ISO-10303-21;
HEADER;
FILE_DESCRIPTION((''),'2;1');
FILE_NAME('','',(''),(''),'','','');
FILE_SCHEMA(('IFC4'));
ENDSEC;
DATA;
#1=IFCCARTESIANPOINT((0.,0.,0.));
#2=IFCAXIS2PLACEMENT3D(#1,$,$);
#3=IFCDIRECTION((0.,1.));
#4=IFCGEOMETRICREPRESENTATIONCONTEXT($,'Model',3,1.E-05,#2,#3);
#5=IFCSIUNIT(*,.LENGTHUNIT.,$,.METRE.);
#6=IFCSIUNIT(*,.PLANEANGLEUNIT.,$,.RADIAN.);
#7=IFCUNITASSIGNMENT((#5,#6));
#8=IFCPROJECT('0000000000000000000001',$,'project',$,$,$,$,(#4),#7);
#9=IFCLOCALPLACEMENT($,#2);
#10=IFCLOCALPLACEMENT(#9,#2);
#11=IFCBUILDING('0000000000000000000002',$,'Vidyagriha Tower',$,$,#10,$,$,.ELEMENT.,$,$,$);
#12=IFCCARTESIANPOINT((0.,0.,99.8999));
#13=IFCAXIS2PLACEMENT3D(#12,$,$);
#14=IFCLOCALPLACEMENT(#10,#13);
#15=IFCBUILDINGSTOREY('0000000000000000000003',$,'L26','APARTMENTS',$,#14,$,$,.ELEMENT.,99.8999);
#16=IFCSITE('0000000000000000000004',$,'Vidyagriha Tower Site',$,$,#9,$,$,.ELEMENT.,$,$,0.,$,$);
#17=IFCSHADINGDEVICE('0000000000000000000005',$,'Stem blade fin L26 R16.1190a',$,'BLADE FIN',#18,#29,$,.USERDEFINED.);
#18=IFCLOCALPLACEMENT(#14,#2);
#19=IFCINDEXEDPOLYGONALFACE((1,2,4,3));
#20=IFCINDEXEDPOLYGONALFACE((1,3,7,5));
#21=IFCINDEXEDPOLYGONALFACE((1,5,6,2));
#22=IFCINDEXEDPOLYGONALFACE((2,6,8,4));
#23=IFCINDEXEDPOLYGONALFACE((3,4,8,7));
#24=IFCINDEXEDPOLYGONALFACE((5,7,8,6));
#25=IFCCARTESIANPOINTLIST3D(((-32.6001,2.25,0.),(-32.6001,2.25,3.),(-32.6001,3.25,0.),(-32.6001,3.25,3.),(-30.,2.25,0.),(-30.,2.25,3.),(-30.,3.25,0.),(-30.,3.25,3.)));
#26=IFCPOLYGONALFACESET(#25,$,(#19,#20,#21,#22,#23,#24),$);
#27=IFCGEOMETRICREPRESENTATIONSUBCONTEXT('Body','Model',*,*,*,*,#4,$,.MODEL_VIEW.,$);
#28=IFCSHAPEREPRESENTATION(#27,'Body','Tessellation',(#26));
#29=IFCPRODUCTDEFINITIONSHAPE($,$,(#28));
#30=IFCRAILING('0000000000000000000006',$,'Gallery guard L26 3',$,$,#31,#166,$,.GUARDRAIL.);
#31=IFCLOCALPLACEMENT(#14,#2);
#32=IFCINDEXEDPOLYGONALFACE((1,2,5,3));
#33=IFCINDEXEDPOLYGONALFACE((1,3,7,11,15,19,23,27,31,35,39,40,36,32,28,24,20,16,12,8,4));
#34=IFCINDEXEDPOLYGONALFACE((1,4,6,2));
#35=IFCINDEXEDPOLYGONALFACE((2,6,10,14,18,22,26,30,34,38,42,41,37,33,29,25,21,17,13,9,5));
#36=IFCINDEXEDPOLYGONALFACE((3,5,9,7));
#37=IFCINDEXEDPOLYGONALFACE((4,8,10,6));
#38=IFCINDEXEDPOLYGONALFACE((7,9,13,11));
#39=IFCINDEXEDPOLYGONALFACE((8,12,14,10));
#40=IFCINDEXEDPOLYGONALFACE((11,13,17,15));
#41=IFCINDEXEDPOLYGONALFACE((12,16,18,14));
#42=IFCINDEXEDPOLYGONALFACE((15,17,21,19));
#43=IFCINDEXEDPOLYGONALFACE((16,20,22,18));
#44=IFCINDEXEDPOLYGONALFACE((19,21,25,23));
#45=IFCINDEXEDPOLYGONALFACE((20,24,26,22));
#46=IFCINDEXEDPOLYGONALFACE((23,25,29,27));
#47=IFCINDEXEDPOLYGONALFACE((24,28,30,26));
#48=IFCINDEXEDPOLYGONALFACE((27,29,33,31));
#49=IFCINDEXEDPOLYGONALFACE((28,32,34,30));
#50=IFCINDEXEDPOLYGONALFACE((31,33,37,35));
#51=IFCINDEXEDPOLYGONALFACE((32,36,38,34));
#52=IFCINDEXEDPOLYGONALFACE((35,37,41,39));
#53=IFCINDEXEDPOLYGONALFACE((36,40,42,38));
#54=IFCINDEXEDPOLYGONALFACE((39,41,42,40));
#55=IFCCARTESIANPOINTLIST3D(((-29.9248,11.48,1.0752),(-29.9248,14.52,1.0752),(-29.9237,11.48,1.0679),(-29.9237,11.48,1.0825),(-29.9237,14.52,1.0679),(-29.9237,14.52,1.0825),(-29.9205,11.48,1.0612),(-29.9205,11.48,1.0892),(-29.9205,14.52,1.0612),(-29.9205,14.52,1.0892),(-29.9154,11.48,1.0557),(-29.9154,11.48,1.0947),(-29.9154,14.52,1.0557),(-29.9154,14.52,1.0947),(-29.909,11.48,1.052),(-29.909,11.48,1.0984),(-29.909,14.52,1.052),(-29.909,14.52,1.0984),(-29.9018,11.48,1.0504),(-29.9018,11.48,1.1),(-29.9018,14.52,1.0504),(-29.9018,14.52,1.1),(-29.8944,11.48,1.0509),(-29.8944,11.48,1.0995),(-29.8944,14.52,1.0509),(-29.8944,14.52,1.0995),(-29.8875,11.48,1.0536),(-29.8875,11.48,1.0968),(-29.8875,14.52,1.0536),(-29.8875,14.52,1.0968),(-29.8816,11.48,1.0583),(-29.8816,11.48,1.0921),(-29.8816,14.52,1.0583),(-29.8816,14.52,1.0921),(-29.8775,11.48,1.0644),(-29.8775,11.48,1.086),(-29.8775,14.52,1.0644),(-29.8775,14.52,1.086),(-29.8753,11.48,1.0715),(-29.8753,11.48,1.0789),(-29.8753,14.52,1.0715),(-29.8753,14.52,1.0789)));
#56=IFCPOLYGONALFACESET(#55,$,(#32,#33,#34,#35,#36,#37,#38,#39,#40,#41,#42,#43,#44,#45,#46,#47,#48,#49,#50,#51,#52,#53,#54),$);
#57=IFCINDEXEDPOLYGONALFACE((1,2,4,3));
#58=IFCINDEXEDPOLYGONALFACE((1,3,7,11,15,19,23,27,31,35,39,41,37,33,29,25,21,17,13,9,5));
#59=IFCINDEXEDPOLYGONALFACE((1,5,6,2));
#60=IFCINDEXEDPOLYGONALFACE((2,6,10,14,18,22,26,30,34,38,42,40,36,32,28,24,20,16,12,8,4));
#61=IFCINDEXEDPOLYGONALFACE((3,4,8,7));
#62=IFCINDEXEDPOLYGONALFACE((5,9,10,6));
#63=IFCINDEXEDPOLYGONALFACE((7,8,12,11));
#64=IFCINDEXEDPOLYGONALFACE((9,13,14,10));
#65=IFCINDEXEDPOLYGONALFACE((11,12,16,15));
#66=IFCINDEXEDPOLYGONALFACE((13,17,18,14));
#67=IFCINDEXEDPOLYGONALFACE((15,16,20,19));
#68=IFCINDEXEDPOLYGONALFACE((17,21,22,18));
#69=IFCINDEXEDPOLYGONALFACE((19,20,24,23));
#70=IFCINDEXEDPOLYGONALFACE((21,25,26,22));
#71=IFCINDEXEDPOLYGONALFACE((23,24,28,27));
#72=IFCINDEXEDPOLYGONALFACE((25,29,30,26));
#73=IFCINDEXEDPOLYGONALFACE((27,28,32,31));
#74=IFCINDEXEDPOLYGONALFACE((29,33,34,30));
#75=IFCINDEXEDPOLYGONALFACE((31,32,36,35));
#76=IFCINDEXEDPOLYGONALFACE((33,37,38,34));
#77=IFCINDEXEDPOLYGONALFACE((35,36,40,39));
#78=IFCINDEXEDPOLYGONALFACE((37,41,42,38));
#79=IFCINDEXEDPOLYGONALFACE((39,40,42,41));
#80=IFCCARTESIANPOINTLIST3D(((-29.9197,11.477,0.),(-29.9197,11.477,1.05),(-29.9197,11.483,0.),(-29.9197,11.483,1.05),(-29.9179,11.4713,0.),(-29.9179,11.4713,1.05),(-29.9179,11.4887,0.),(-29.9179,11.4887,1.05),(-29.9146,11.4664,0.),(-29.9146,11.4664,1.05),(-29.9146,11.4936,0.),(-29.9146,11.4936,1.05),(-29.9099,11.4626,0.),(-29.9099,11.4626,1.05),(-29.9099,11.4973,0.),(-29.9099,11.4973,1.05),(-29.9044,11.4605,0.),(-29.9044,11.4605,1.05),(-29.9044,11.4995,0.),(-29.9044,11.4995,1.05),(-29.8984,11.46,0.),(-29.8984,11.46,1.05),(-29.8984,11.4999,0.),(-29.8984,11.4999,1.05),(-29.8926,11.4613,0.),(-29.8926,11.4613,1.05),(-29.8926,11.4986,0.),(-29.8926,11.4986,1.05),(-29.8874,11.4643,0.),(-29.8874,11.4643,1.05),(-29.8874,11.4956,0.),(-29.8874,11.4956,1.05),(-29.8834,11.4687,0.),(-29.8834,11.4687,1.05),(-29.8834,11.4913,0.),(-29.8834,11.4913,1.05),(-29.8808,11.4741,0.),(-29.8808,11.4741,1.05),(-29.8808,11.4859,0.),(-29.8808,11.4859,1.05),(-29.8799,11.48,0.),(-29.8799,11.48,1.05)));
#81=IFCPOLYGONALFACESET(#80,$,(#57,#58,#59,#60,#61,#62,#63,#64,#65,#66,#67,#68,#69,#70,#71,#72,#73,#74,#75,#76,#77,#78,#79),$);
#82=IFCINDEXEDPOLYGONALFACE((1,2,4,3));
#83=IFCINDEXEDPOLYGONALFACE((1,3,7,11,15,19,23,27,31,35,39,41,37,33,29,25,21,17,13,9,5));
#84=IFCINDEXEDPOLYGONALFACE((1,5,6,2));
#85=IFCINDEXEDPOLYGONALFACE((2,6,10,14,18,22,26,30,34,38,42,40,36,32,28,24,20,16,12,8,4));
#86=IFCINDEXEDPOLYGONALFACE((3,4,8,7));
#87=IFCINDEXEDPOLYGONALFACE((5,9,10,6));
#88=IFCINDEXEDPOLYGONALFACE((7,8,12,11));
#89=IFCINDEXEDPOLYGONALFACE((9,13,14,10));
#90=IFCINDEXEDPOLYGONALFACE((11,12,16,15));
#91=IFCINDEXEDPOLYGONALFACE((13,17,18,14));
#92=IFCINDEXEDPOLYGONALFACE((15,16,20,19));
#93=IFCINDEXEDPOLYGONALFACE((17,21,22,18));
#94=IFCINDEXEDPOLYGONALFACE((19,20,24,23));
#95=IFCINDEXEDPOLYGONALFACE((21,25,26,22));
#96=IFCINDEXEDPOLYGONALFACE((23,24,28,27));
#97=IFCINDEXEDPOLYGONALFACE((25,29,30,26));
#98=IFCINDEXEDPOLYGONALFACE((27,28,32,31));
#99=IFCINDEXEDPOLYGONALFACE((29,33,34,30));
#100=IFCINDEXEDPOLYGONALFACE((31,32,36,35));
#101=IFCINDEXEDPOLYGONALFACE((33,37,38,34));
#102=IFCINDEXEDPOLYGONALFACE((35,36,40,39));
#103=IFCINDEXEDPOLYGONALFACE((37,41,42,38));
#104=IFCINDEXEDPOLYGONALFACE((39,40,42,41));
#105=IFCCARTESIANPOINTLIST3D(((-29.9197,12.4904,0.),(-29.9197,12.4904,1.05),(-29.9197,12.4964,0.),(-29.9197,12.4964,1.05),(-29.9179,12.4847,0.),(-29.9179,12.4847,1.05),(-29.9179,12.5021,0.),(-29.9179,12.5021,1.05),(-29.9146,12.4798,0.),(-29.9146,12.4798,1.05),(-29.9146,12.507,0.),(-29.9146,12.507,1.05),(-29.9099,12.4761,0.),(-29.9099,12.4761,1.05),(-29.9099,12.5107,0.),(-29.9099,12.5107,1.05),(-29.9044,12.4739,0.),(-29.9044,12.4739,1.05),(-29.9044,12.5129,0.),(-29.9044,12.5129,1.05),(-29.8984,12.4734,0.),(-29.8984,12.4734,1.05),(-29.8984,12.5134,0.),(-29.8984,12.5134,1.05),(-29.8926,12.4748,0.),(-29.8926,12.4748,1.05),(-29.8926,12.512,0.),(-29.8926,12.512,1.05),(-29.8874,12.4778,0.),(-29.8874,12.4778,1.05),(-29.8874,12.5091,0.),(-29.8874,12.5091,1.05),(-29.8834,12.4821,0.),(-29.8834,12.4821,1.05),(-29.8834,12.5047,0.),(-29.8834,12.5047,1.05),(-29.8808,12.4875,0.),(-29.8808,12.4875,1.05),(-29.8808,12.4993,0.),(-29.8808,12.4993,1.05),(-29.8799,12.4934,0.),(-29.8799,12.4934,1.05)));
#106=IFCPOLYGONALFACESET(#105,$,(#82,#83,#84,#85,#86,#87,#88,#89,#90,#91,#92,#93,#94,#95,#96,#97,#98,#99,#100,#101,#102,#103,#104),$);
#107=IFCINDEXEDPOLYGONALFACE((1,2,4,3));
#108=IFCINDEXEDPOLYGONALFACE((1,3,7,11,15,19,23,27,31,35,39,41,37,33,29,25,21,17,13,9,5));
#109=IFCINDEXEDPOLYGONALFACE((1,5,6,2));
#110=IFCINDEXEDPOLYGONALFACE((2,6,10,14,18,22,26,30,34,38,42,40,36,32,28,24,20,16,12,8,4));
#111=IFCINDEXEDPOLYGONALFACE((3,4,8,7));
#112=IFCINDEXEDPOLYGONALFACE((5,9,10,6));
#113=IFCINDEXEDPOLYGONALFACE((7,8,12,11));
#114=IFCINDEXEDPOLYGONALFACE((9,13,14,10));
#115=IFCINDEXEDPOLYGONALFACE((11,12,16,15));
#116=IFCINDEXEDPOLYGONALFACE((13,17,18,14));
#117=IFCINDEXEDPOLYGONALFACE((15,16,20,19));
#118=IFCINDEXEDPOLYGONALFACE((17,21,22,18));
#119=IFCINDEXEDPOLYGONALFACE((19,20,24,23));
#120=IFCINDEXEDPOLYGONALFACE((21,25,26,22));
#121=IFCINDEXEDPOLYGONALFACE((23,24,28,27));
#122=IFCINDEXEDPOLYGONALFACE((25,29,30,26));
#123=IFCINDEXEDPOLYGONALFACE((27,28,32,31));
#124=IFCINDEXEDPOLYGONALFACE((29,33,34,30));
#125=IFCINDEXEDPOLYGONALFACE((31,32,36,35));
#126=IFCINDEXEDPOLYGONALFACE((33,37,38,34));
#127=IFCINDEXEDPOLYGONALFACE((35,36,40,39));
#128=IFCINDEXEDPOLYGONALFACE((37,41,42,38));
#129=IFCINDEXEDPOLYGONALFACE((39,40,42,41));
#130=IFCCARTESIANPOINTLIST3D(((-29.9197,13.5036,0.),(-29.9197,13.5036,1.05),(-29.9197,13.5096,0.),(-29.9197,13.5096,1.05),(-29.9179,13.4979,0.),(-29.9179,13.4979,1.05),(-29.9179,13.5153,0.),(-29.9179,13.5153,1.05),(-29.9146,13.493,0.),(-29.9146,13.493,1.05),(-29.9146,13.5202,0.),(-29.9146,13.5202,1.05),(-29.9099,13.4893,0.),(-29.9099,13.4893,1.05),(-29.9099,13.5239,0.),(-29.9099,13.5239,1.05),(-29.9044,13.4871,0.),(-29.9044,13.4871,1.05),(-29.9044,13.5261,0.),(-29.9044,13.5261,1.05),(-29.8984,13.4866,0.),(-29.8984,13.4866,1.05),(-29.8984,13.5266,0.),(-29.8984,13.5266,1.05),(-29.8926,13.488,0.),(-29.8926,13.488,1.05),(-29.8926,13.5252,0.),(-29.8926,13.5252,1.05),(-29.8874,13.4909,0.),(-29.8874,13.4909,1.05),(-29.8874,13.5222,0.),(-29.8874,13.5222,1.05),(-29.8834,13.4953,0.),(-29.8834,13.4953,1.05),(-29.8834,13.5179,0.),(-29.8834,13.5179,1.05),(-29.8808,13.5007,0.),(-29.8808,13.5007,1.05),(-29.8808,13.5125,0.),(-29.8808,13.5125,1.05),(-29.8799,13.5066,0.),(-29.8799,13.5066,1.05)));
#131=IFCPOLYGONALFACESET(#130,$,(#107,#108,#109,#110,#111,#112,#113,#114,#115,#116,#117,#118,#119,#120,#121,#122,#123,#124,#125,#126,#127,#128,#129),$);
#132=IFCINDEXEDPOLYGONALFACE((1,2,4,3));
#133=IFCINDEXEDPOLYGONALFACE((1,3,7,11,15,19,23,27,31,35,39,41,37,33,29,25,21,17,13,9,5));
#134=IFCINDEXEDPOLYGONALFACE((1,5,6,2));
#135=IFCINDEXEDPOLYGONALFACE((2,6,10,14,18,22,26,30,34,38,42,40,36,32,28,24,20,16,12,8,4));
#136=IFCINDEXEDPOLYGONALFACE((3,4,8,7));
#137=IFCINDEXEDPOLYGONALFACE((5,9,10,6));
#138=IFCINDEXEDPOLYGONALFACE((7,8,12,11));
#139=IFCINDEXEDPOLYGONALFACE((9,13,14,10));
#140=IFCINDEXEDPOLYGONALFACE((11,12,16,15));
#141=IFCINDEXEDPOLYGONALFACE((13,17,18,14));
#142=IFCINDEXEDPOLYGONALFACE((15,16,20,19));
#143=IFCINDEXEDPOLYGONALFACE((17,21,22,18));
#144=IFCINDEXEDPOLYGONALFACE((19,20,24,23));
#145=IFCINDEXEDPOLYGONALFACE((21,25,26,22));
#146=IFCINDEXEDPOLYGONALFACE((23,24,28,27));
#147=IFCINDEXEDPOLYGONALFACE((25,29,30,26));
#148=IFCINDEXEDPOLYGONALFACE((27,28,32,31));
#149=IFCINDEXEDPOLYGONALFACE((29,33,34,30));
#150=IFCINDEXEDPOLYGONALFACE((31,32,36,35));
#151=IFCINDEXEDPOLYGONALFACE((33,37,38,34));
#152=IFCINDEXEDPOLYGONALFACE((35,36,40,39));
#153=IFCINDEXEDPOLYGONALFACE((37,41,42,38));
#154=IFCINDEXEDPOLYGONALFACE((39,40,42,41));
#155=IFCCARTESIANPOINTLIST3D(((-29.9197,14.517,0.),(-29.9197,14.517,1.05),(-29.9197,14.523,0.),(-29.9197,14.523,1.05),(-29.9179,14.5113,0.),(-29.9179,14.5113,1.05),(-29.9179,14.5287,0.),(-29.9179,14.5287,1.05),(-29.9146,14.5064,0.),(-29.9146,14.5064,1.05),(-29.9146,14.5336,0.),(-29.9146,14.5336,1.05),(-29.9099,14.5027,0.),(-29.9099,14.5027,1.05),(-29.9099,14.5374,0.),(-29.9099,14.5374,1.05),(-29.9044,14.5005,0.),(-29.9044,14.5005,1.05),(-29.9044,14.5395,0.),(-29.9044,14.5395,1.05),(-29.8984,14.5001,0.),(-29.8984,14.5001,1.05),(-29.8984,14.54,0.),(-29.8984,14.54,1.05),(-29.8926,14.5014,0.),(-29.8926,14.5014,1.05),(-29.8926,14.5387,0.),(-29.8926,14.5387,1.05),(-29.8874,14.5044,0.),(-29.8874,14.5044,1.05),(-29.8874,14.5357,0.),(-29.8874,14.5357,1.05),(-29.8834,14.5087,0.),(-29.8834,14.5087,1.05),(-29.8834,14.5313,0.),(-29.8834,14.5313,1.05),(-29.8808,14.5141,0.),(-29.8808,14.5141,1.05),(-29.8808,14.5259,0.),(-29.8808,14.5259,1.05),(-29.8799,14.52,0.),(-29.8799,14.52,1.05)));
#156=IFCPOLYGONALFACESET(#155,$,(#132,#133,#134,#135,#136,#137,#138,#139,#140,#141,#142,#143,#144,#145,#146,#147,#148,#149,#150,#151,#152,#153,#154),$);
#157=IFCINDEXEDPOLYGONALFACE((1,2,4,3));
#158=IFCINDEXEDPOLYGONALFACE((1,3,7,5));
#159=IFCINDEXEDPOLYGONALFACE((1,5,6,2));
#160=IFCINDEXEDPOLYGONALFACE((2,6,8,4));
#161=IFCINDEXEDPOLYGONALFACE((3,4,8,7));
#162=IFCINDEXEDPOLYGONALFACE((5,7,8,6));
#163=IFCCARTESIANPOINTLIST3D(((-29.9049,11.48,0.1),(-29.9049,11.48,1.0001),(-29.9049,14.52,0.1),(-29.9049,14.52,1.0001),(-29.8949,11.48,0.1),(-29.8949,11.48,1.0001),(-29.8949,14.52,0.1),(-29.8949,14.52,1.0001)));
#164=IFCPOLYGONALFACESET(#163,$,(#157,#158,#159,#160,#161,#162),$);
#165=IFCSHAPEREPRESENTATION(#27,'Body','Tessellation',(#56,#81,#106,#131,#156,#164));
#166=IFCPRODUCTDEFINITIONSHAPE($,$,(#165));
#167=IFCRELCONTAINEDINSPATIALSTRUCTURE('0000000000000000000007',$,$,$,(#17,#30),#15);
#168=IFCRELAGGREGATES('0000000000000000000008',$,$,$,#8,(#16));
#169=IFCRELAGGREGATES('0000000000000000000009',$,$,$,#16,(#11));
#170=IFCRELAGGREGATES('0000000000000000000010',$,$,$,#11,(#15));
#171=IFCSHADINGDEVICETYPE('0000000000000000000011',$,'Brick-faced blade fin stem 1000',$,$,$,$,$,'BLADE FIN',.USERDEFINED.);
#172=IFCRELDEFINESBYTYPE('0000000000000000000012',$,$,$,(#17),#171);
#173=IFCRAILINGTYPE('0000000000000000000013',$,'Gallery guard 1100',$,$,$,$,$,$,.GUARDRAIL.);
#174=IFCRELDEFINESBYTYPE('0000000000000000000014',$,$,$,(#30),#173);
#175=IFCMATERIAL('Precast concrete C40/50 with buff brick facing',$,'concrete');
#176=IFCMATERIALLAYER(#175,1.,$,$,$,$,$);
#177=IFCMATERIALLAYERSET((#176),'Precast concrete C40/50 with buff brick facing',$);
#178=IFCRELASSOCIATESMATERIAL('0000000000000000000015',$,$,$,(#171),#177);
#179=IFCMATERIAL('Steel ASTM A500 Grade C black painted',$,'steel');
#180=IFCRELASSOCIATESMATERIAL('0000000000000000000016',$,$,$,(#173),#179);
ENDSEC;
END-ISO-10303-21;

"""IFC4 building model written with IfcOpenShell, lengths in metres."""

from ifc_helpers import new_model, si_unit, direction, frame, origin, origin_2d, place, context, subcontext, project, spatial, polyline, rectangle, circle, outline, extrude, material, layer, layer_set, type_object, element, save


model = new_model("IFC4")

# Units and contexts
model_context = context("Model", 3, precision=1e-05, world=origin(), true_north=direction((0.0, 1.0)))
body_context = subcontext(model_context, "Body", "Model", "MODEL_VIEW")
ifc_project = project(units=[si_unit("LENGTHUNIT", "METRE"), si_unit("PLANEANGLEUNIT", "RADIAN")], contexts=[model_context])

# Site, building, storey
site_placement = place(None, origin())
site = spatial("IfcSite", under=ifc_project, at=site_placement, Name="Vidyagriha Tower Site", CompositionType="ELEMENT", RefElevation=0.0)
building_placement = place(site_placement, origin())
building = spatial("IfcBuilding", under=site, at=building_placement, Name="Vidyagriha Tower", CompositionType="ELEMENT")
storey_placement = place(building_placement, frame((0.0, 0.0, 99.8999)))
storey = spatial("IfcBuildingStorey", under=building, at=storey_placement, Name="L26", Description="APARTMENTS", CompositionType="ELEMENT", Elevation=99.8999)

# Shading device
ifc_material_1 = material(Name="Precast concrete C40/50 with buff brick facing", Category="concrete")
ifc_layer_1 = layer(ifc_material_1, 1.0)
ifc_layer_set_1 = layer_set([ifc_layer_1], Name="Precast concrete C40/50 with buff brick facing")
shading_device_type_1 = type_object("IfcShadingDeviceType", Name="Brick-faced blade fin stem 1000", ElementType="BLADE FIN", PredefinedType="USERDEFINED", material=ifc_layer_set_1)
shading_device_1_placement = place(storey_placement, frame((-31.3, 3.25, 0.0), z_axis=(0.0, 0.0, 1.0), x_axis=(0.0, -1.0, 0.0)))
element("IfcShadingDevice", 1, at=shading_device_1_placement, inside=storey, type_object=shading_device_type_1, Name="Stem blade fin L26 R16.1190a", ObjectType="BLADE FIN", PredefinedType="USERDEFINED", context=body_context, shape_type="SweptSolid", body=[
    extrude(outline(polyline([(0.0, 0.0), (1.0, 0.0), (1.0, 3.0), (0.0, 3.0), (0.0, 0.0)])), frame((0.0, 1.3, 0.0), z_axis=(0.0, -1.0, 0.0), x_axis=(1.0, 0.0, 0.0)), (0.0, 0.0, 1.0), 2.6001),
])

# Railing
ifc_material_2 = material(Name="Steel ASTM A500 Grade C black painted", Category="steel")
railing_type_1 = type_object("IfcRailingType", Name="Gallery guard 1100", PredefinedType="GUARDRAIL", material=ifc_material_2)
railing_1_placement = place(storey_placement, frame((-29.8999, 11.48, 0.0)))
element("IfcRailing", 2, at=railing_1_placement, inside=storey, type_object=railing_type_1, Name="Gallery guard L26 3", PredefinedType="GUARDRAIL", context=body_context, shape_type="SweptSolid", body=[
    extrude(circle(Radius=0.0249, at=origin_2d()), frame((0.0, 0.0, 1.0752), z_axis=(0.0, 1.0, 0.0), x_axis=(-1.0, 0.0, 0.0)), (0.0, 0.0, 1.0), 3.04),
    extrude(circle(Radius=0.02, at=origin_2d()), origin(), (0.0, 0.0, 1.0), 1.05),
    extrude(circle(Radius=0.02, at=origin_2d()), frame((0.0, 1.0134, 0.0)), (0.0, 0.0, 1.0), 1.05),
    extrude(circle(Radius=0.02, at=origin_2d()), frame((0.0, 2.0266, 0.0)), (0.0, 0.0, 1.0), 1.05),
    extrude(circle(Radius=0.02, at=origin_2d()), frame((0.0, 3.04, 0.0)), (0.0, 0.0, 1.0), 1.05),
    extrude(rectangle(XDim=0.01, YDim=0.9001, at=origin_2d()), frame((0.0, 0.0, 0.55), z_axis=(0.0, 1.0, 0.0), x_axis=(-1.0, 0.0, 0.0)), (0.0, 0.0, 1.0), 3.04),
])

save(model, "model.ifc")
